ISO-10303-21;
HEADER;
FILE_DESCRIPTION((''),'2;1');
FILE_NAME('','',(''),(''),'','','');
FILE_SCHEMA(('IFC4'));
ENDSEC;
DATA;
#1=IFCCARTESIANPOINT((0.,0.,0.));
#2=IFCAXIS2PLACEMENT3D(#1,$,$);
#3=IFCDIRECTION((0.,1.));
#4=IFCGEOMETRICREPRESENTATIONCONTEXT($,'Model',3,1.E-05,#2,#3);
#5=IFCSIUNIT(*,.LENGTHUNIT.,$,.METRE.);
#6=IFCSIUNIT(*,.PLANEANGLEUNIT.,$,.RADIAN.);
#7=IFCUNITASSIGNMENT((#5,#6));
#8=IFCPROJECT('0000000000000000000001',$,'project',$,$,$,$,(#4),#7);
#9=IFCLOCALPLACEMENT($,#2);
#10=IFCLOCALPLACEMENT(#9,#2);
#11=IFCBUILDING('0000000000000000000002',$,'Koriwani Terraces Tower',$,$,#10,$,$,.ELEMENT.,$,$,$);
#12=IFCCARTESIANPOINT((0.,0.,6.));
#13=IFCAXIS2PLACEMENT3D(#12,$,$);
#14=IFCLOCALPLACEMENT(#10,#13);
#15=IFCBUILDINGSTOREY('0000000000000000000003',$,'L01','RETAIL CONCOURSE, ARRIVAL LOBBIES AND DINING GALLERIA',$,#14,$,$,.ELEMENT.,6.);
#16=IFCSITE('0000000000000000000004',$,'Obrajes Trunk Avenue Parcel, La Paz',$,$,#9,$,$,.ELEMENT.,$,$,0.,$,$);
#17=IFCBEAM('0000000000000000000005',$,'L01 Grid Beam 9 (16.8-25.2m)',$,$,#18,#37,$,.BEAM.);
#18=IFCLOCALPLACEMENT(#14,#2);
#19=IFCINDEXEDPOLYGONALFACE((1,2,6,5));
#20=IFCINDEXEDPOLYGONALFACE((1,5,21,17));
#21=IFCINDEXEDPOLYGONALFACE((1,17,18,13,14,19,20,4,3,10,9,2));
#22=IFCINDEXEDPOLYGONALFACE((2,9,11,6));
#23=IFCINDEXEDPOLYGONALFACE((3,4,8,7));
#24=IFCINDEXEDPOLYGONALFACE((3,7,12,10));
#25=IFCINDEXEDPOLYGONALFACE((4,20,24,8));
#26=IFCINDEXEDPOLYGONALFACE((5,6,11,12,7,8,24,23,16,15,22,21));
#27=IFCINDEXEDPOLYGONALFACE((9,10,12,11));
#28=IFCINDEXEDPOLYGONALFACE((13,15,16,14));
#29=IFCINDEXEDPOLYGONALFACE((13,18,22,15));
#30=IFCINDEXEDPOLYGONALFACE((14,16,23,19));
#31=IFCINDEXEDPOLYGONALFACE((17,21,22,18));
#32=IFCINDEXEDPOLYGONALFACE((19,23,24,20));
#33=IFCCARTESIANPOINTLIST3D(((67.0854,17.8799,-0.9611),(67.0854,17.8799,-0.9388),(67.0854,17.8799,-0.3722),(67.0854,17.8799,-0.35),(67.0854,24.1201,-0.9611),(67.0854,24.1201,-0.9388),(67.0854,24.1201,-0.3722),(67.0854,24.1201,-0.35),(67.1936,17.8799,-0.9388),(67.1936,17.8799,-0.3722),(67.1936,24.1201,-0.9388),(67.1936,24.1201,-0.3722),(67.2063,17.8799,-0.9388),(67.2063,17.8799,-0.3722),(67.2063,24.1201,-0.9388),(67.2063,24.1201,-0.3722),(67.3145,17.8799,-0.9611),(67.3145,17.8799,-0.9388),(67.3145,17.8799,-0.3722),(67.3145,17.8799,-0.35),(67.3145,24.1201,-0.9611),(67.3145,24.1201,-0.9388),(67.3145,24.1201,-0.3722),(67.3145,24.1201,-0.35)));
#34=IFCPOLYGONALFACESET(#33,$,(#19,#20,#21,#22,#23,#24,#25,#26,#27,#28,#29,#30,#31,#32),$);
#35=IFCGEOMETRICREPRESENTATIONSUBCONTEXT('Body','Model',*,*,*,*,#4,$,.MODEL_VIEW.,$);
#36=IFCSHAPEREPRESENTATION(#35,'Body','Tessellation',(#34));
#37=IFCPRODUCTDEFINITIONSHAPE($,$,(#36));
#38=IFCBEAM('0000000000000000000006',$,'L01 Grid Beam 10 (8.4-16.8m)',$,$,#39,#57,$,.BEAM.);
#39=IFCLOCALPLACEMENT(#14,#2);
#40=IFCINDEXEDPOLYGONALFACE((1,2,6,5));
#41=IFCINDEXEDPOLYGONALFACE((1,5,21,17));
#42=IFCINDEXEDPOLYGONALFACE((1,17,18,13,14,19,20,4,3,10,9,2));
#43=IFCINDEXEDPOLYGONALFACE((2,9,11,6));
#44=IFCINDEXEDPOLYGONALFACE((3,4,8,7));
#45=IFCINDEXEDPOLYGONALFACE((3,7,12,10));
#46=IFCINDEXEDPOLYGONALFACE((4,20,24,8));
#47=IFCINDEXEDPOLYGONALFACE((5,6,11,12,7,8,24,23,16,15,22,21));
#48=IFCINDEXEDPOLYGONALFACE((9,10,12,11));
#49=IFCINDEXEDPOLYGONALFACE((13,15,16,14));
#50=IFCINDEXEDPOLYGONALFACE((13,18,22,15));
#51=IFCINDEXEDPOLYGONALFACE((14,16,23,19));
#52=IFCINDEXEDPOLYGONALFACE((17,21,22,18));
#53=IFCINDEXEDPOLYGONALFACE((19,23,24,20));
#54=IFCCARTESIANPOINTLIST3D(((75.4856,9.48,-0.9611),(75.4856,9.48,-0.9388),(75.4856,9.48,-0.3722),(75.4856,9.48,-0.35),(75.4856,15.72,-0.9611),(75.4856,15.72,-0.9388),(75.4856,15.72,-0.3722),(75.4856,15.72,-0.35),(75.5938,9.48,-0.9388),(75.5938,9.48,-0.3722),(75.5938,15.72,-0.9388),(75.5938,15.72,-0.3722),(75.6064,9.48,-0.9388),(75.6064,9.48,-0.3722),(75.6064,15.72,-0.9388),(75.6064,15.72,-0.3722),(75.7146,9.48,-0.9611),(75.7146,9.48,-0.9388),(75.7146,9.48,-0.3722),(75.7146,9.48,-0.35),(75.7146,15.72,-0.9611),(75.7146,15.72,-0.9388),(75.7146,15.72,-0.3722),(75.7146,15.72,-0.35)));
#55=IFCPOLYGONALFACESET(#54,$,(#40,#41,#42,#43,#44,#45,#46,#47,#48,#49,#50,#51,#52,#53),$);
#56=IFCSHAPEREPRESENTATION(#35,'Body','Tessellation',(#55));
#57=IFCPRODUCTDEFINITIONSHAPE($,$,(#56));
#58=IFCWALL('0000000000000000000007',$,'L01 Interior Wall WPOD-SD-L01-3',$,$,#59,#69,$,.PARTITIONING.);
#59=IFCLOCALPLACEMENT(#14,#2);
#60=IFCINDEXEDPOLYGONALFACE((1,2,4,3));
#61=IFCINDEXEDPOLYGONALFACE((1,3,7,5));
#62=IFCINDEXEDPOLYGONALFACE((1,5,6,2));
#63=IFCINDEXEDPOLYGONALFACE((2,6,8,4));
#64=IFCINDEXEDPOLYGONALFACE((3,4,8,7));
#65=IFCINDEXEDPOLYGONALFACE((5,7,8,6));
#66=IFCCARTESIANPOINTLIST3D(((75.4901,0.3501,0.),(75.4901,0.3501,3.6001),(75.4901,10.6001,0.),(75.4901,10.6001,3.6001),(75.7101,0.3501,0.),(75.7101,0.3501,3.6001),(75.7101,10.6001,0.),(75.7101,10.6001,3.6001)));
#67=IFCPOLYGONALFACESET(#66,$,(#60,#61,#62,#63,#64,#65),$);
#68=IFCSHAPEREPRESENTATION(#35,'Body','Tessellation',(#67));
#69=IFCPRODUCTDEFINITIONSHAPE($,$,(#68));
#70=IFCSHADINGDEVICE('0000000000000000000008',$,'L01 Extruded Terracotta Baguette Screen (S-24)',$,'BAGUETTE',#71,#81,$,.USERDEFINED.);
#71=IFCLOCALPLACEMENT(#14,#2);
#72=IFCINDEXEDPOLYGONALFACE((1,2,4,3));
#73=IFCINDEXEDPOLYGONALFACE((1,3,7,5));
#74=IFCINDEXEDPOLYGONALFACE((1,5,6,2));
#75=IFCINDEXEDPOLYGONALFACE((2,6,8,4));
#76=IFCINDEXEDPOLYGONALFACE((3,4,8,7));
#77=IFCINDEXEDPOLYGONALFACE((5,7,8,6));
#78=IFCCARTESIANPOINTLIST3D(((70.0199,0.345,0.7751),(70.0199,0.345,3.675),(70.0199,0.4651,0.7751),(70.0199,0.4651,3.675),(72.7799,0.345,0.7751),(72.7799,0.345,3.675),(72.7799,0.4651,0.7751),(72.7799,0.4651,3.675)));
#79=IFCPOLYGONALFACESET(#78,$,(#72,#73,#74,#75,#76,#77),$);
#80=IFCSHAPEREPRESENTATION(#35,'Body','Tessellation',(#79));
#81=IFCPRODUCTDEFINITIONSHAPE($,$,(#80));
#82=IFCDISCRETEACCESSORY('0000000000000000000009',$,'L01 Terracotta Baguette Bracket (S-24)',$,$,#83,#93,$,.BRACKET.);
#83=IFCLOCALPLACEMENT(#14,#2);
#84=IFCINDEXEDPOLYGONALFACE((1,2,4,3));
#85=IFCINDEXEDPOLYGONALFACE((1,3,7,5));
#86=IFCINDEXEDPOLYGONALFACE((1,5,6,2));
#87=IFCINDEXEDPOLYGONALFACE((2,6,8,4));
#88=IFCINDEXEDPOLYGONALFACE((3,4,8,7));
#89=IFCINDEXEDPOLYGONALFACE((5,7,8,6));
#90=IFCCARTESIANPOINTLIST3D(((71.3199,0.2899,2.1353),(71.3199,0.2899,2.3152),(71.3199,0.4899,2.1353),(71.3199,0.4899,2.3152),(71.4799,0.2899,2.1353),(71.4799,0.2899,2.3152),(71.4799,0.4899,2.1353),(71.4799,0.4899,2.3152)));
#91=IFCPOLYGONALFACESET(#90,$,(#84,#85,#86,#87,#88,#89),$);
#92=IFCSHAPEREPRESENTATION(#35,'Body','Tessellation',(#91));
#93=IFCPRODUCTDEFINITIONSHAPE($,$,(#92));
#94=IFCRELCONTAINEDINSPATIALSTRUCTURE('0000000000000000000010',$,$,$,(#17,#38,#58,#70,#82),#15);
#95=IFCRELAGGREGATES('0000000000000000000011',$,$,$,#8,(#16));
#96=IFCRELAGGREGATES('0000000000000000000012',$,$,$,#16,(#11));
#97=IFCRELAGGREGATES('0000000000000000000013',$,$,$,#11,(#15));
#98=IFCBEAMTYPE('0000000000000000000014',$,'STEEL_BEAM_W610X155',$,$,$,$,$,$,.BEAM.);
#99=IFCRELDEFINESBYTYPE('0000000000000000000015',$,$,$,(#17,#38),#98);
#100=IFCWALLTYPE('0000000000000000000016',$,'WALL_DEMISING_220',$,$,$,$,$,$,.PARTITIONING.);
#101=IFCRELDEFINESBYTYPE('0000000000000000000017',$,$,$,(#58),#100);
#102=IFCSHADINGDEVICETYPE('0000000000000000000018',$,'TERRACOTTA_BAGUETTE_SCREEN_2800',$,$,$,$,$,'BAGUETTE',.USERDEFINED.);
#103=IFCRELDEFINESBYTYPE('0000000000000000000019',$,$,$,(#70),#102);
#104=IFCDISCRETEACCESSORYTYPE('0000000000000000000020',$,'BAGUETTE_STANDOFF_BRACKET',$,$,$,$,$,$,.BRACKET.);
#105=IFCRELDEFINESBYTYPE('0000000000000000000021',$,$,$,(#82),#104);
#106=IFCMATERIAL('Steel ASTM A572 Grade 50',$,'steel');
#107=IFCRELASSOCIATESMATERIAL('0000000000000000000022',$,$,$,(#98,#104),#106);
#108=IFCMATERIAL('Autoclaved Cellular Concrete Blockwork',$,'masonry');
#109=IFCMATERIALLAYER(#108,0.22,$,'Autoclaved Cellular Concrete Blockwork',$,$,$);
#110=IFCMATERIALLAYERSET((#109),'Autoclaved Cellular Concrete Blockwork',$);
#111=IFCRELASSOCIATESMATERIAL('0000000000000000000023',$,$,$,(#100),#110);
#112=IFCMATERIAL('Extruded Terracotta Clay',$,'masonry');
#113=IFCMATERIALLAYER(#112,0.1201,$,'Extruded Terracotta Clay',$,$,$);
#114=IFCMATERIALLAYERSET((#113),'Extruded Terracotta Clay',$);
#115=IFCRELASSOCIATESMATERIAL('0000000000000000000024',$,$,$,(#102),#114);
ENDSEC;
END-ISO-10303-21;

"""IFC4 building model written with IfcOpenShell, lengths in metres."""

from ifc_helpers import new_model, si_unit, direction, frame, frame_2d, origin, origin_2d, place, context, subcontext, project, spatial, rectangle, i_section, extrude, material, layer, layer_set, material_profile, profile_set, type_object, element, save


model = new_model("IFC4")

# Units and contexts
model_context = context("Model", 3, precision=1e-05, world=origin(), true_north=direction((0.0, 1.0)))
body_context = subcontext(model_context, "Body", "Model", "MODEL_VIEW")
ifc_project = project(units=[si_unit("LENGTHUNIT", "METRE"), si_unit("PLANEANGLEUNIT", "RADIAN")], contexts=[model_context])

# Site, building, storey
site_placement = place(None, origin())
site = spatial("IfcSite", under=ifc_project, at=site_placement, Name="Obrajes Trunk Avenue Parcel, La Paz", CompositionType="ELEMENT", RefElevation=0.0)
building_placement = place(site_placement, origin())
building = spatial("IfcBuilding", under=site, at=building_placement, Name="Koriwani Terraces Tower", CompositionType="ELEMENT")
storey_placement = place(building_placement, frame((0.0, 0.0, 6.0)))
storey = spatial("IfcBuildingStorey", under=building, at=storey_placement, Name="L01", Description="RETAIL CONCOURSE, ARRIVAL LOBBIES AND DINING GALLERIA", CompositionType="ELEMENT", Elevation=6.0)

# Beams
ifc_material_1 = material(Name="Steel ASTM A572 Grade 50", Category="steel")
ifc_material_profile_1 = material_profile(ifc_material_1, i_section(OverallWidth=0.229, OverallDepth=0.6111, WebThickness=0.0127, FlangeThickness=0.0222, at=origin_2d()), Name="Steel ASTM A572 Grade 50", Category="LoadBearing")
ifc_profile_set_1 = profile_set([ifc_material_profile_1], Name="Steel ASTM A572 Grade 50")
beam_type_1 = type_object("IfcBeamType", Name="STEEL_BEAM_W610X155", PredefinedType="BEAM", material=ifc_profile_set_1)
beam_1_placement = place(storey_placement, frame((67.2, 17.8799, -0.6555), z_axis=(0.0, 1.0, 0.0), x_axis=(-1.0, 0.0, 0.0)))
element("IfcBeam", 1, at=beam_1_placement, inside=storey, type_object=beam_type_1, Name="L01 Grid Beam 9 (16.8-25.2m)", PredefinedType="BEAM", context=body_context, shape_type="SweptSolid", body=[
    extrude(i_section(OverallWidth=0.229, OverallDepth=0.6111, WebThickness=0.0127, FlangeThickness=0.0222, at=origin_2d()), origin(), (0.0, 0.0, 1.0), 6.2402),
])
beam_2_placement = place(storey_placement, frame((75.6001, 9.48, -0.6555), z_axis=(0.0, 1.0, 0.0), x_axis=(-1.0, 0.0, 0.0)))
element("IfcBeam", 2, at=beam_2_placement, inside=storey, type_object=beam_type_1, Name="L01 Grid Beam 10 (8.4-16.8m)", PredefinedType="BEAM", context=body_context, shape_type="SweptSolid", body=[
    extrude(i_section(OverallWidth=0.229, OverallDepth=0.6111, WebThickness=0.0127, FlangeThickness=0.0222, at=origin_2d()), origin(), (0.0, 0.0, 1.0), 6.24),
])

# Wall
ifc_material_2 = material(Name="Autoclaved Cellular Concrete Blockwork", Category="masonry")
ifc_layer_1 = layer(ifc_material_2, 0.22, Name="Autoclaved Cellular Concrete Blockwork")
ifc_layer_set_1 = layer_set([ifc_layer_1], Name="Autoclaved Cellular Concrete Blockwork")
wall_type = type_object("IfcWallType", Name="WALL_DEMISING_220", PredefinedType="PARTITIONING", material=ifc_layer_set_1)
wall_placement = place(storey_placement, frame((75.6001, 0.3501, 0.0), z_axis=(0.0, 0.0, 1.0), x_axis=(0.0, 1.0, 0.0)))
element("IfcWall", 3, at=wall_placement, inside=storey, type_object=wall_type, Name="L01 Interior Wall WPOD-SD-L01-3", PredefinedType="PARTITIONING", context=body_context, shape_type="SweptSolid", body=[
    extrude(rectangle(XDim=10.25, YDim=0.22, at=frame_2d((5.125, 0.0))), origin(), (0.0, 0.0, 1.0), 3.6001),
])

# Shading device
ifc_material_3 = material(Name="Extruded Terracotta Clay", Category="masonry")
ifc_layer_2 = layer(ifc_material_3, 0.1201, Name="Extruded Terracotta Clay")
ifc_layer_set_2 = layer_set([ifc_layer_2], Name="Extruded Terracotta Clay")
shading_device_type = type_object("IfcShadingDeviceType", Name="TERRACOTTA_BAGUETTE_SCREEN_2800", ElementType="BAGUETTE", PredefinedType="USERDEFINED", material=ifc_layer_set_2)
shading_device_placement = place(storey_placement, frame((71.3999, 0.405, 0.7751), z_axis=(0.0, 0.0, 1.0), x_axis=(-1.0, 0.0, 0.0)))
element("IfcShadingDevice", 4, at=shading_device_placement, inside=storey, type_object=shading_device_type, Name="L01 Extruded Terracotta Baguette Screen (S-24)", ObjectType="BAGUETTE", PredefinedType="USERDEFINED", context=body_context, shape_type="SweptSolid", body=[
    extrude(rectangle(XDim=2.76, YDim=0.1201, at=origin_2d()), origin(), (0.0, 0.0, 1.0), 2.8999),
])

# Discrete accessory
discrete_accessory_type = type_object("IfcDiscreteAccessoryType", Name="BAGUETTE_STANDOFF_BRACKET", PredefinedType="BRACKET", material=ifc_material_1)
discrete_accessory_placement = place(storey_placement, frame((71.3999, 0.3899, 2.1353), z_axis=(0.0, 0.0, 1.0), x_axis=(-1.0, 0.0, 0.0)))
element("IfcDiscreteAccessory", 5, at=discrete_accessory_placement, inside=storey, type_object=discrete_accessory_type, Name="L01 Terracotta Baguette Bracket (S-24)", PredefinedType="BRACKET", context=body_context, shape_type="SweptSolid", body=[
    extrude(rectangle(XDim=0.1599, YDim=0.2, at=origin_2d()), origin(), (0.0, 0.0, 1.0), 0.1799),
])

save(model, "model.ifc")
